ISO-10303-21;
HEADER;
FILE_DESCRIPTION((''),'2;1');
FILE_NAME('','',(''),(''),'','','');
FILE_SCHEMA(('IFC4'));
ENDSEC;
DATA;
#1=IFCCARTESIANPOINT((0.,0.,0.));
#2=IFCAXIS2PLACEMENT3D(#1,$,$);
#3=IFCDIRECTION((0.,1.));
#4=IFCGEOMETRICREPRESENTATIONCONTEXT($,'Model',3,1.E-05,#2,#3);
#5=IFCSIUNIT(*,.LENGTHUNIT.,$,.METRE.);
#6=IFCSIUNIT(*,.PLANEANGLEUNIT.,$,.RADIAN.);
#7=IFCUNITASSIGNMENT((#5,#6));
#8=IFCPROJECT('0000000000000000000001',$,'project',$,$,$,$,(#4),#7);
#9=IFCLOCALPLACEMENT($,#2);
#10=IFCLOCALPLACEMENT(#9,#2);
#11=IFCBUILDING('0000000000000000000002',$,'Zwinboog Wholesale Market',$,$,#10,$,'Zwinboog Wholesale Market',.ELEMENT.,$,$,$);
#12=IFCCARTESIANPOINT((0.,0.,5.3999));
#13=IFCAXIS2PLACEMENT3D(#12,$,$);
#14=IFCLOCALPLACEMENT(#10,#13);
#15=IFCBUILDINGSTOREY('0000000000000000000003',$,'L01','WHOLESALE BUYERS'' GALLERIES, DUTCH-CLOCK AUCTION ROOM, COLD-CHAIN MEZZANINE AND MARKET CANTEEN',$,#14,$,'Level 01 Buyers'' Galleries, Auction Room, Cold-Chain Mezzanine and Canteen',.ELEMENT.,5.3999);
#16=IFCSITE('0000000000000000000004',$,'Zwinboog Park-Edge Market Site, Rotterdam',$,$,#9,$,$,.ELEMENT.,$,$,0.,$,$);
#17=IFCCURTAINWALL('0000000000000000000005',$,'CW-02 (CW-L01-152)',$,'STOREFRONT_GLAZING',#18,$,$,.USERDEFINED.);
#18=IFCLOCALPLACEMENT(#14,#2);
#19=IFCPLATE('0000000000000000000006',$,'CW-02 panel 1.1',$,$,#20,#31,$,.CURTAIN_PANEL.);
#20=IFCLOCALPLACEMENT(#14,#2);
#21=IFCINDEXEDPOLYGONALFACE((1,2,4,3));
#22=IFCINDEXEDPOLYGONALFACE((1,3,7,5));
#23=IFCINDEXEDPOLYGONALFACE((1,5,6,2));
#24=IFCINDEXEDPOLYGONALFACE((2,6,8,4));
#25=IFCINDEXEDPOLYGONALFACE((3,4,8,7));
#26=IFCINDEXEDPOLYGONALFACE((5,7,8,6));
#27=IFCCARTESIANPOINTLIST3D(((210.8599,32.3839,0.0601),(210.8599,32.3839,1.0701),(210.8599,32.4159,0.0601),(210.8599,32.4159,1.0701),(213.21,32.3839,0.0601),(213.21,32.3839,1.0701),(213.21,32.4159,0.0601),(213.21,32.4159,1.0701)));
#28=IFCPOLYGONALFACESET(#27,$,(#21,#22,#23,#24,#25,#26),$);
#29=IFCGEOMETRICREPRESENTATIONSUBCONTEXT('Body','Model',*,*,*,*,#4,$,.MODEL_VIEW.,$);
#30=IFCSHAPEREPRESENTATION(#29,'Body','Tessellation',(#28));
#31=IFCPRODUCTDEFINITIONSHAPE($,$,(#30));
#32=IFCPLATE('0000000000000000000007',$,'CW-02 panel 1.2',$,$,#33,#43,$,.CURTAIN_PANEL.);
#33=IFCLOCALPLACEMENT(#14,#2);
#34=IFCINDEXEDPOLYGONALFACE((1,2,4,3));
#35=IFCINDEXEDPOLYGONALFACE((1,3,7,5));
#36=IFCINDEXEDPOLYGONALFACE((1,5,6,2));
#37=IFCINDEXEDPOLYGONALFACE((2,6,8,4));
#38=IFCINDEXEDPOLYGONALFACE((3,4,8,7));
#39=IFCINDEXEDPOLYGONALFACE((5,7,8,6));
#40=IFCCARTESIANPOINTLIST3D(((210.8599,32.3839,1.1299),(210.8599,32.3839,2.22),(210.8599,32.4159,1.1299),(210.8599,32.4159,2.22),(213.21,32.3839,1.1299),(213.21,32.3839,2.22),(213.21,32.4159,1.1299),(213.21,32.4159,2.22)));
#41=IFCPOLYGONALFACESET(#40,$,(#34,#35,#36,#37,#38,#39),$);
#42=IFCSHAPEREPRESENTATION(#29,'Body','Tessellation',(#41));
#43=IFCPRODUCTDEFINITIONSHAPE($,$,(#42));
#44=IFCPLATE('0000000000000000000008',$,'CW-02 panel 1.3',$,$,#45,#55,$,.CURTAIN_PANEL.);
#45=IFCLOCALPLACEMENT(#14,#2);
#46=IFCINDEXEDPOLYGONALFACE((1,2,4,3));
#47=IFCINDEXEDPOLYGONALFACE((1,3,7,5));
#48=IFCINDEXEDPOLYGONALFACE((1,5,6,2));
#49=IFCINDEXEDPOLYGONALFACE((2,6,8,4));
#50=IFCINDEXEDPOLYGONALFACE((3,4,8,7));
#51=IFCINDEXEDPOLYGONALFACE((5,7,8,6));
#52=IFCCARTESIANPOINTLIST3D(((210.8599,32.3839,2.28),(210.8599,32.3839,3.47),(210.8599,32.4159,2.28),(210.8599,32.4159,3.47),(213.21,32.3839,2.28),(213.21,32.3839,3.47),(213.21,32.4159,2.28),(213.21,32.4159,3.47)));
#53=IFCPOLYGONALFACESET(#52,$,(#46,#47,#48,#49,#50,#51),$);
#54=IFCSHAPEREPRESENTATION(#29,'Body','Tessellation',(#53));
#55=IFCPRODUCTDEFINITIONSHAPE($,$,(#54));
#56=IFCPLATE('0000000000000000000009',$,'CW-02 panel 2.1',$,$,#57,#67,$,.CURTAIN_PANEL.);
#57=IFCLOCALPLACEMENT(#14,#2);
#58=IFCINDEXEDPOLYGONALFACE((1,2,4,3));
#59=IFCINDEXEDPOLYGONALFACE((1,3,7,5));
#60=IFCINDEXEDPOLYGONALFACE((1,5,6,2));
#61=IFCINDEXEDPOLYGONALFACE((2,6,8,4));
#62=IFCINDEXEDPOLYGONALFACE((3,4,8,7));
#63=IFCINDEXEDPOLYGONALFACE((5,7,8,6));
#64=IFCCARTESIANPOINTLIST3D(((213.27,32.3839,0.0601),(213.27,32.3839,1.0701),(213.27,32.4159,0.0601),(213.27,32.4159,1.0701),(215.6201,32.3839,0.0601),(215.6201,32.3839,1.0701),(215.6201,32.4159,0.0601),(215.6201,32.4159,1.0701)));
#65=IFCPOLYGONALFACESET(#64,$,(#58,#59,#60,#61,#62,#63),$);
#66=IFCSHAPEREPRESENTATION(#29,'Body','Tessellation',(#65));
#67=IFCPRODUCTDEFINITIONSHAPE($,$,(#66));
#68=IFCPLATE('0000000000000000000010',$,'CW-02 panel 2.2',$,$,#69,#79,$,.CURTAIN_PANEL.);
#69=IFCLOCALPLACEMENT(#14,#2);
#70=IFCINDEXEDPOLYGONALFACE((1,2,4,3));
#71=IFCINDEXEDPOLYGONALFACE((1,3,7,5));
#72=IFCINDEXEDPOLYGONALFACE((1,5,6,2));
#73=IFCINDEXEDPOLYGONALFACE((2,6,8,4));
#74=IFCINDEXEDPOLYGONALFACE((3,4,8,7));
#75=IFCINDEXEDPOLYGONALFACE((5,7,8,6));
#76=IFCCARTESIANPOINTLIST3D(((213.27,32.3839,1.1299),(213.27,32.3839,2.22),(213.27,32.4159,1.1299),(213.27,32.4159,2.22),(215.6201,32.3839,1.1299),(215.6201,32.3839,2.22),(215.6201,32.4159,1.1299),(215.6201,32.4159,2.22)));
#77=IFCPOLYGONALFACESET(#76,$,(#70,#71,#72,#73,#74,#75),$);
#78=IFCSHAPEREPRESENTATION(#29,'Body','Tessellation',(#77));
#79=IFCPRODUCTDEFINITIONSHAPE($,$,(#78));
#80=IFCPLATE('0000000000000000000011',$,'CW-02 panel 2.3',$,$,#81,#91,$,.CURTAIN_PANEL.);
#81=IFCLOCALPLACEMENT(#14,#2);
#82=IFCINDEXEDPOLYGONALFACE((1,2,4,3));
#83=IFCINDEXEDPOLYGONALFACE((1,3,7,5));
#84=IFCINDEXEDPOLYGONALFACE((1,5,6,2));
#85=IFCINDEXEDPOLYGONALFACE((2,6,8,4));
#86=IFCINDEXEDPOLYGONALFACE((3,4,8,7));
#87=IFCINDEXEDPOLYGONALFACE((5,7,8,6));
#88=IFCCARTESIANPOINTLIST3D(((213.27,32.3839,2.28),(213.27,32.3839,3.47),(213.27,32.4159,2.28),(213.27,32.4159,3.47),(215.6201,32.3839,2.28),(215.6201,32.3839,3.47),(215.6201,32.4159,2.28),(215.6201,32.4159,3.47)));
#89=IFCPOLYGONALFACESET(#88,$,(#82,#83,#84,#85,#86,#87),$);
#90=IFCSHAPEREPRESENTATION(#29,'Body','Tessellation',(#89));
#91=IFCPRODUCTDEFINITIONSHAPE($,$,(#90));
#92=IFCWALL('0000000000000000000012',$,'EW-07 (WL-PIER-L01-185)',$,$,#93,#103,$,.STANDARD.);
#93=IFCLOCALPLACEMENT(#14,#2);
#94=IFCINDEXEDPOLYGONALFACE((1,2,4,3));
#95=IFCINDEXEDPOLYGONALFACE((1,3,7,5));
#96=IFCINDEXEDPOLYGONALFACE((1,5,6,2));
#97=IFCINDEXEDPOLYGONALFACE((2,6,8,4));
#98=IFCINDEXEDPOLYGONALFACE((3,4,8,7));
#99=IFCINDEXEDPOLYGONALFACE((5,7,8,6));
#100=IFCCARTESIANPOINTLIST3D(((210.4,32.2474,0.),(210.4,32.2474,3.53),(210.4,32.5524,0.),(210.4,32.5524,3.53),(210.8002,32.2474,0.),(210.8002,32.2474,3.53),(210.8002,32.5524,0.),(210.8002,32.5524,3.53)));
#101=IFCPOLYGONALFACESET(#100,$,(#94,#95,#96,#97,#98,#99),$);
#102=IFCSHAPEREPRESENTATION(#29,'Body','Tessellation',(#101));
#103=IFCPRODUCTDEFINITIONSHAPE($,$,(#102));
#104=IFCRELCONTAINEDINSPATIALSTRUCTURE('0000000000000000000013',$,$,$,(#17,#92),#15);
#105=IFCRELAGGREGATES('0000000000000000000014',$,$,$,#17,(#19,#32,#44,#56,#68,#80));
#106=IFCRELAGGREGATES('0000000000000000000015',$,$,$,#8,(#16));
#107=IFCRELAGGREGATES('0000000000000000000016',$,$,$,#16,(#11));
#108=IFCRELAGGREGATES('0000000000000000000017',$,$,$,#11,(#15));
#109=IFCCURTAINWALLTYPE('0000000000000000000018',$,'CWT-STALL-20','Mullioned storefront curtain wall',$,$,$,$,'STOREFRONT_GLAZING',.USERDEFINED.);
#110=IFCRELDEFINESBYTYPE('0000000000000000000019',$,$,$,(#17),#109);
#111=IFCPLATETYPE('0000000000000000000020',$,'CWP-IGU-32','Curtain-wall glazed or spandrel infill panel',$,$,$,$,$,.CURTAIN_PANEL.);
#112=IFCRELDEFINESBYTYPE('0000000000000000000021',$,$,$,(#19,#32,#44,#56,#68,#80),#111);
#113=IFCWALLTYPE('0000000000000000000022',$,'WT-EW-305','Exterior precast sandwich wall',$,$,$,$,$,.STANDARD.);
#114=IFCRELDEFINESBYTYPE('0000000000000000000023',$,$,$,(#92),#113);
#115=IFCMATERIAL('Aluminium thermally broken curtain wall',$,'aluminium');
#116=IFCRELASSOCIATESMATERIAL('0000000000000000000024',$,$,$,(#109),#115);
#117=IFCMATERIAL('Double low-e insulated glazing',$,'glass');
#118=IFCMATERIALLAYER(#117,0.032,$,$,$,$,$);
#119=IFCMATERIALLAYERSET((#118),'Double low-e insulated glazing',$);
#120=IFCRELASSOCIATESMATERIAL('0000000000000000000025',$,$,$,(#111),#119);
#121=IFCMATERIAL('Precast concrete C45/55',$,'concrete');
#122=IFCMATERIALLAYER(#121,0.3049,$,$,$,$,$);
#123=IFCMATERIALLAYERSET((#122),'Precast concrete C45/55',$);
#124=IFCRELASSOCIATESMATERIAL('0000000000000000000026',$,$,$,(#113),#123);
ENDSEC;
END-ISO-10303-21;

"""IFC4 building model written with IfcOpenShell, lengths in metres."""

from ifc_helpers import new_model, si_unit, direction, frame, frame_2d, origin, origin_2d, place, context, subcontext, project, spatial, rectangle, extrude, material, layer, layer_set, type_object, element, aggregate, save


model = new_model("IFC4")

# Units and contexts
model_context = context("Model", 3, precision=1e-05, world=origin(), true_north=direction((0.0, 1.0)))
body_context = subcontext(model_context, "Body", "Model", "MODEL_VIEW")
ifc_project = project(units=[si_unit("LENGTHUNIT", "METRE"), si_unit("PLANEANGLEUNIT", "RADIAN")], contexts=[model_context])

# Site, building, storey
site_placement = place(None, origin())
site = spatial("IfcSite", under=ifc_project, at=site_placement, Name="Zwinboog Park-Edge Market Site, Rotterdam", CompositionType="ELEMENT", RefElevation=0.0)
building_placement = place(site_placement, origin())
building = spatial("IfcBuilding", under=site, at=building_placement, Name="Zwinboog Wholesale Market", LongName="Zwinboog Wholesale Market", CompositionType="ELEMENT")
storey_placement = place(building_placement, frame((0.0, 0.0, 5.3999)))
storey = spatial("IfcBuildingStorey", under=building, at=storey_placement, Name="L01", Description="WHOLESALE BUYERS' GALLERIES, DUTCH-CLOCK AUCTION ROOM, COLD-CHAIN MEZZANINE AND MARKET CANTEEN", LongName="Level 01 Buyers' Galleries, Auction Room, Cold-Chain Mezzanine and Canteen", CompositionType="ELEMENT", Elevation=5.3999)

# Shared definitions
ifc_material_1 = material(Name="Precast concrete C45/55", Category="concrete")

# Shared definitions
ifc_material_2 = material(Name="Aluminium thermally broken curtain wall", Category="aluminium")

# Curtain wall
curtain_wall_type_1 = type_object("IfcCurtainWallType", Name="CWT-STALL-20", Description="Mullioned storefront curtain wall", ElementType="STOREFRONT_GLAZING", PredefinedType="USERDEFINED", material=ifc_material_2)
curtain_wall_1_placement = place(storey_placement, origin())
curtain_wall_1 = element("IfcCurtainWall", 1, at=curtain_wall_1_placement, inside=storey, type_object=curtain_wall_type_1, Name="CW-02 (CW-L01-152)", ObjectType="STOREFRONT_GLAZING", PredefinedType="USERDEFINED")

# Plates
ifc_material_3 = material(Name="Double low-e insulated glazing", Category="glass")
ifc_layer_1 = layer(ifc_material_3, 0.032)
ifc_layer_set_1 = layer_set([ifc_layer_1], Name="Double low-e insulated glazing")
plate_type = type_object("IfcPlateType", Name="CWP-IGU-32", Description="Curtain-wall glazed or spandrel infill panel", PredefinedType="CURTAIN_PANEL", material=ifc_layer_set_1)
plate_1_placement = place(storey_placement, frame((212.0349, 32.3999, 0.0601), z_axis=(0.0, 0.0, 1.0), x_axis=(1.0, 0.0, 0.0)))
plate_1 = element("IfcPlate", 2, at=plate_1_placement, type_object=plate_type, Name="CW-02 panel 1.1", PredefinedType="CURTAIN_PANEL", context=body_context, shape_type="SweptSolid", body=[
    extrude(rectangle(XDim=2.3501, YDim=0.032, at=origin_2d()), origin(), (0.0, 0.0, 1.0), 1.01),
])
plate_2_placement = place(storey_placement, frame((212.0349, 32.3999, 1.1299), z_axis=(0.0, 0.0, 1.0), x_axis=(1.0, 0.0, 0.0)))
plate_2 = element("IfcPlate", 3, at=plate_2_placement, type_object=plate_type, Name="CW-02 panel 1.2", PredefinedType="CURTAIN_PANEL", context=body_context, shape_type="SweptSolid", body=[
    extrude(rectangle(XDim=2.3501, YDim=0.032, at=origin_2d()), origin(), (0.0, 0.0, 1.0), 1.0901),
])
plate_3_placement = place(storey_placement, frame((212.0349, 32.3999, 2.28), z_axis=(0.0, 0.0, 1.0), x_axis=(1.0, 0.0, 0.0)))
plate_3 = element("IfcPlate", 4, at=plate_3_placement, type_object=plate_type, Name="CW-02 panel 1.3", PredefinedType="CURTAIN_PANEL", context=body_context, shape_type="SweptSolid", body=[
    extrude(rectangle(XDim=2.3501, YDim=0.032, at=origin_2d()), origin(), (0.0, 0.0, 1.0), 1.1899),
])
plate_4_placement = place(storey_placement, frame((214.4451, 32.3999, 0.0601), z_axis=(0.0, 0.0, 1.0), x_axis=(1.0, 0.0, 0.0)))
plate_4 = element("IfcPlate", 5, at=plate_4_placement, type_object=plate_type, Name="CW-02 panel 2.1", PredefinedType="CURTAIN_PANEL", context=body_context, shape_type="SweptSolid", body=[
    extrude(rectangle(XDim=2.3501, YDim=0.032, at=origin_2d()), origin(), (0.0, 0.0, 1.0), 1.01),
])
plate_5_placement = place(storey_placement, frame((214.4451, 32.3999, 1.1299), z_axis=(0.0, 0.0, 1.0), x_axis=(1.0, 0.0, 0.0)))
plate_5 = element("IfcPlate", 6, at=plate_5_placement, type_object=plate_type, Name="CW-02 panel 2.2", PredefinedType="CURTAIN_PANEL", context=body_context, shape_type="SweptSolid", body=[
    extrude(rectangle(XDim=2.3501, YDim=0.032, at=origin_2d()), origin(), (0.0, 0.0, 1.0), 1.0901),
])
plate_6_placement = place(storey_placement, frame((214.4451, 32.3999, 2.28), z_axis=(0.0, 0.0, 1.0), x_axis=(1.0, 0.0, 0.0)))
plate_6 = element("IfcPlate", 7, at=plate_6_placement, type_object=plate_type, Name="CW-02 panel 2.3", PredefinedType="CURTAIN_PANEL", context=body_context, shape_type="SweptSolid", body=[
    extrude(rectangle(XDim=2.3501, YDim=0.032, at=origin_2d()), origin(), (0.0, 0.0, 1.0), 1.1899),
])
aggregate(curtain_wall_1, [plate_1, plate_2, plate_3, plate_4, plate_5, plate_6])

# Wall
ifc_layer_2 = layer(ifc_material_1, 0.3049)
ifc_layer_set_2 = layer_set([ifc_layer_2], Name="Precast concrete C45/55")
wall_type = type_object("IfcWallType", Name="WT-EW-305", Description="Exterior precast sandwich wall", PredefinedType="STANDARD", material=ifc_layer_set_2)
wall_placement = place(storey_placement, frame((210.3999, 32.3999, 0.0), z_axis=(0.0, 0.0, 1.0), x_axis=(1.0, 0.0, 0.0)))
element("IfcWall", 8, at=wall_placement, inside=storey, type_object=wall_type, Name="EW-07 (WL-PIER-L01-185)", PredefinedType="STANDARD", context=body_context, shape_type="SweptSolid", body=[
    extrude(rectangle(XDim=0.4001, YDim=0.3049, at=frame_2d((0.2002, 0.0))), origin(), (0.0, 0.0, 1.0), 3.53),
])

save(model, "model.ifc")
